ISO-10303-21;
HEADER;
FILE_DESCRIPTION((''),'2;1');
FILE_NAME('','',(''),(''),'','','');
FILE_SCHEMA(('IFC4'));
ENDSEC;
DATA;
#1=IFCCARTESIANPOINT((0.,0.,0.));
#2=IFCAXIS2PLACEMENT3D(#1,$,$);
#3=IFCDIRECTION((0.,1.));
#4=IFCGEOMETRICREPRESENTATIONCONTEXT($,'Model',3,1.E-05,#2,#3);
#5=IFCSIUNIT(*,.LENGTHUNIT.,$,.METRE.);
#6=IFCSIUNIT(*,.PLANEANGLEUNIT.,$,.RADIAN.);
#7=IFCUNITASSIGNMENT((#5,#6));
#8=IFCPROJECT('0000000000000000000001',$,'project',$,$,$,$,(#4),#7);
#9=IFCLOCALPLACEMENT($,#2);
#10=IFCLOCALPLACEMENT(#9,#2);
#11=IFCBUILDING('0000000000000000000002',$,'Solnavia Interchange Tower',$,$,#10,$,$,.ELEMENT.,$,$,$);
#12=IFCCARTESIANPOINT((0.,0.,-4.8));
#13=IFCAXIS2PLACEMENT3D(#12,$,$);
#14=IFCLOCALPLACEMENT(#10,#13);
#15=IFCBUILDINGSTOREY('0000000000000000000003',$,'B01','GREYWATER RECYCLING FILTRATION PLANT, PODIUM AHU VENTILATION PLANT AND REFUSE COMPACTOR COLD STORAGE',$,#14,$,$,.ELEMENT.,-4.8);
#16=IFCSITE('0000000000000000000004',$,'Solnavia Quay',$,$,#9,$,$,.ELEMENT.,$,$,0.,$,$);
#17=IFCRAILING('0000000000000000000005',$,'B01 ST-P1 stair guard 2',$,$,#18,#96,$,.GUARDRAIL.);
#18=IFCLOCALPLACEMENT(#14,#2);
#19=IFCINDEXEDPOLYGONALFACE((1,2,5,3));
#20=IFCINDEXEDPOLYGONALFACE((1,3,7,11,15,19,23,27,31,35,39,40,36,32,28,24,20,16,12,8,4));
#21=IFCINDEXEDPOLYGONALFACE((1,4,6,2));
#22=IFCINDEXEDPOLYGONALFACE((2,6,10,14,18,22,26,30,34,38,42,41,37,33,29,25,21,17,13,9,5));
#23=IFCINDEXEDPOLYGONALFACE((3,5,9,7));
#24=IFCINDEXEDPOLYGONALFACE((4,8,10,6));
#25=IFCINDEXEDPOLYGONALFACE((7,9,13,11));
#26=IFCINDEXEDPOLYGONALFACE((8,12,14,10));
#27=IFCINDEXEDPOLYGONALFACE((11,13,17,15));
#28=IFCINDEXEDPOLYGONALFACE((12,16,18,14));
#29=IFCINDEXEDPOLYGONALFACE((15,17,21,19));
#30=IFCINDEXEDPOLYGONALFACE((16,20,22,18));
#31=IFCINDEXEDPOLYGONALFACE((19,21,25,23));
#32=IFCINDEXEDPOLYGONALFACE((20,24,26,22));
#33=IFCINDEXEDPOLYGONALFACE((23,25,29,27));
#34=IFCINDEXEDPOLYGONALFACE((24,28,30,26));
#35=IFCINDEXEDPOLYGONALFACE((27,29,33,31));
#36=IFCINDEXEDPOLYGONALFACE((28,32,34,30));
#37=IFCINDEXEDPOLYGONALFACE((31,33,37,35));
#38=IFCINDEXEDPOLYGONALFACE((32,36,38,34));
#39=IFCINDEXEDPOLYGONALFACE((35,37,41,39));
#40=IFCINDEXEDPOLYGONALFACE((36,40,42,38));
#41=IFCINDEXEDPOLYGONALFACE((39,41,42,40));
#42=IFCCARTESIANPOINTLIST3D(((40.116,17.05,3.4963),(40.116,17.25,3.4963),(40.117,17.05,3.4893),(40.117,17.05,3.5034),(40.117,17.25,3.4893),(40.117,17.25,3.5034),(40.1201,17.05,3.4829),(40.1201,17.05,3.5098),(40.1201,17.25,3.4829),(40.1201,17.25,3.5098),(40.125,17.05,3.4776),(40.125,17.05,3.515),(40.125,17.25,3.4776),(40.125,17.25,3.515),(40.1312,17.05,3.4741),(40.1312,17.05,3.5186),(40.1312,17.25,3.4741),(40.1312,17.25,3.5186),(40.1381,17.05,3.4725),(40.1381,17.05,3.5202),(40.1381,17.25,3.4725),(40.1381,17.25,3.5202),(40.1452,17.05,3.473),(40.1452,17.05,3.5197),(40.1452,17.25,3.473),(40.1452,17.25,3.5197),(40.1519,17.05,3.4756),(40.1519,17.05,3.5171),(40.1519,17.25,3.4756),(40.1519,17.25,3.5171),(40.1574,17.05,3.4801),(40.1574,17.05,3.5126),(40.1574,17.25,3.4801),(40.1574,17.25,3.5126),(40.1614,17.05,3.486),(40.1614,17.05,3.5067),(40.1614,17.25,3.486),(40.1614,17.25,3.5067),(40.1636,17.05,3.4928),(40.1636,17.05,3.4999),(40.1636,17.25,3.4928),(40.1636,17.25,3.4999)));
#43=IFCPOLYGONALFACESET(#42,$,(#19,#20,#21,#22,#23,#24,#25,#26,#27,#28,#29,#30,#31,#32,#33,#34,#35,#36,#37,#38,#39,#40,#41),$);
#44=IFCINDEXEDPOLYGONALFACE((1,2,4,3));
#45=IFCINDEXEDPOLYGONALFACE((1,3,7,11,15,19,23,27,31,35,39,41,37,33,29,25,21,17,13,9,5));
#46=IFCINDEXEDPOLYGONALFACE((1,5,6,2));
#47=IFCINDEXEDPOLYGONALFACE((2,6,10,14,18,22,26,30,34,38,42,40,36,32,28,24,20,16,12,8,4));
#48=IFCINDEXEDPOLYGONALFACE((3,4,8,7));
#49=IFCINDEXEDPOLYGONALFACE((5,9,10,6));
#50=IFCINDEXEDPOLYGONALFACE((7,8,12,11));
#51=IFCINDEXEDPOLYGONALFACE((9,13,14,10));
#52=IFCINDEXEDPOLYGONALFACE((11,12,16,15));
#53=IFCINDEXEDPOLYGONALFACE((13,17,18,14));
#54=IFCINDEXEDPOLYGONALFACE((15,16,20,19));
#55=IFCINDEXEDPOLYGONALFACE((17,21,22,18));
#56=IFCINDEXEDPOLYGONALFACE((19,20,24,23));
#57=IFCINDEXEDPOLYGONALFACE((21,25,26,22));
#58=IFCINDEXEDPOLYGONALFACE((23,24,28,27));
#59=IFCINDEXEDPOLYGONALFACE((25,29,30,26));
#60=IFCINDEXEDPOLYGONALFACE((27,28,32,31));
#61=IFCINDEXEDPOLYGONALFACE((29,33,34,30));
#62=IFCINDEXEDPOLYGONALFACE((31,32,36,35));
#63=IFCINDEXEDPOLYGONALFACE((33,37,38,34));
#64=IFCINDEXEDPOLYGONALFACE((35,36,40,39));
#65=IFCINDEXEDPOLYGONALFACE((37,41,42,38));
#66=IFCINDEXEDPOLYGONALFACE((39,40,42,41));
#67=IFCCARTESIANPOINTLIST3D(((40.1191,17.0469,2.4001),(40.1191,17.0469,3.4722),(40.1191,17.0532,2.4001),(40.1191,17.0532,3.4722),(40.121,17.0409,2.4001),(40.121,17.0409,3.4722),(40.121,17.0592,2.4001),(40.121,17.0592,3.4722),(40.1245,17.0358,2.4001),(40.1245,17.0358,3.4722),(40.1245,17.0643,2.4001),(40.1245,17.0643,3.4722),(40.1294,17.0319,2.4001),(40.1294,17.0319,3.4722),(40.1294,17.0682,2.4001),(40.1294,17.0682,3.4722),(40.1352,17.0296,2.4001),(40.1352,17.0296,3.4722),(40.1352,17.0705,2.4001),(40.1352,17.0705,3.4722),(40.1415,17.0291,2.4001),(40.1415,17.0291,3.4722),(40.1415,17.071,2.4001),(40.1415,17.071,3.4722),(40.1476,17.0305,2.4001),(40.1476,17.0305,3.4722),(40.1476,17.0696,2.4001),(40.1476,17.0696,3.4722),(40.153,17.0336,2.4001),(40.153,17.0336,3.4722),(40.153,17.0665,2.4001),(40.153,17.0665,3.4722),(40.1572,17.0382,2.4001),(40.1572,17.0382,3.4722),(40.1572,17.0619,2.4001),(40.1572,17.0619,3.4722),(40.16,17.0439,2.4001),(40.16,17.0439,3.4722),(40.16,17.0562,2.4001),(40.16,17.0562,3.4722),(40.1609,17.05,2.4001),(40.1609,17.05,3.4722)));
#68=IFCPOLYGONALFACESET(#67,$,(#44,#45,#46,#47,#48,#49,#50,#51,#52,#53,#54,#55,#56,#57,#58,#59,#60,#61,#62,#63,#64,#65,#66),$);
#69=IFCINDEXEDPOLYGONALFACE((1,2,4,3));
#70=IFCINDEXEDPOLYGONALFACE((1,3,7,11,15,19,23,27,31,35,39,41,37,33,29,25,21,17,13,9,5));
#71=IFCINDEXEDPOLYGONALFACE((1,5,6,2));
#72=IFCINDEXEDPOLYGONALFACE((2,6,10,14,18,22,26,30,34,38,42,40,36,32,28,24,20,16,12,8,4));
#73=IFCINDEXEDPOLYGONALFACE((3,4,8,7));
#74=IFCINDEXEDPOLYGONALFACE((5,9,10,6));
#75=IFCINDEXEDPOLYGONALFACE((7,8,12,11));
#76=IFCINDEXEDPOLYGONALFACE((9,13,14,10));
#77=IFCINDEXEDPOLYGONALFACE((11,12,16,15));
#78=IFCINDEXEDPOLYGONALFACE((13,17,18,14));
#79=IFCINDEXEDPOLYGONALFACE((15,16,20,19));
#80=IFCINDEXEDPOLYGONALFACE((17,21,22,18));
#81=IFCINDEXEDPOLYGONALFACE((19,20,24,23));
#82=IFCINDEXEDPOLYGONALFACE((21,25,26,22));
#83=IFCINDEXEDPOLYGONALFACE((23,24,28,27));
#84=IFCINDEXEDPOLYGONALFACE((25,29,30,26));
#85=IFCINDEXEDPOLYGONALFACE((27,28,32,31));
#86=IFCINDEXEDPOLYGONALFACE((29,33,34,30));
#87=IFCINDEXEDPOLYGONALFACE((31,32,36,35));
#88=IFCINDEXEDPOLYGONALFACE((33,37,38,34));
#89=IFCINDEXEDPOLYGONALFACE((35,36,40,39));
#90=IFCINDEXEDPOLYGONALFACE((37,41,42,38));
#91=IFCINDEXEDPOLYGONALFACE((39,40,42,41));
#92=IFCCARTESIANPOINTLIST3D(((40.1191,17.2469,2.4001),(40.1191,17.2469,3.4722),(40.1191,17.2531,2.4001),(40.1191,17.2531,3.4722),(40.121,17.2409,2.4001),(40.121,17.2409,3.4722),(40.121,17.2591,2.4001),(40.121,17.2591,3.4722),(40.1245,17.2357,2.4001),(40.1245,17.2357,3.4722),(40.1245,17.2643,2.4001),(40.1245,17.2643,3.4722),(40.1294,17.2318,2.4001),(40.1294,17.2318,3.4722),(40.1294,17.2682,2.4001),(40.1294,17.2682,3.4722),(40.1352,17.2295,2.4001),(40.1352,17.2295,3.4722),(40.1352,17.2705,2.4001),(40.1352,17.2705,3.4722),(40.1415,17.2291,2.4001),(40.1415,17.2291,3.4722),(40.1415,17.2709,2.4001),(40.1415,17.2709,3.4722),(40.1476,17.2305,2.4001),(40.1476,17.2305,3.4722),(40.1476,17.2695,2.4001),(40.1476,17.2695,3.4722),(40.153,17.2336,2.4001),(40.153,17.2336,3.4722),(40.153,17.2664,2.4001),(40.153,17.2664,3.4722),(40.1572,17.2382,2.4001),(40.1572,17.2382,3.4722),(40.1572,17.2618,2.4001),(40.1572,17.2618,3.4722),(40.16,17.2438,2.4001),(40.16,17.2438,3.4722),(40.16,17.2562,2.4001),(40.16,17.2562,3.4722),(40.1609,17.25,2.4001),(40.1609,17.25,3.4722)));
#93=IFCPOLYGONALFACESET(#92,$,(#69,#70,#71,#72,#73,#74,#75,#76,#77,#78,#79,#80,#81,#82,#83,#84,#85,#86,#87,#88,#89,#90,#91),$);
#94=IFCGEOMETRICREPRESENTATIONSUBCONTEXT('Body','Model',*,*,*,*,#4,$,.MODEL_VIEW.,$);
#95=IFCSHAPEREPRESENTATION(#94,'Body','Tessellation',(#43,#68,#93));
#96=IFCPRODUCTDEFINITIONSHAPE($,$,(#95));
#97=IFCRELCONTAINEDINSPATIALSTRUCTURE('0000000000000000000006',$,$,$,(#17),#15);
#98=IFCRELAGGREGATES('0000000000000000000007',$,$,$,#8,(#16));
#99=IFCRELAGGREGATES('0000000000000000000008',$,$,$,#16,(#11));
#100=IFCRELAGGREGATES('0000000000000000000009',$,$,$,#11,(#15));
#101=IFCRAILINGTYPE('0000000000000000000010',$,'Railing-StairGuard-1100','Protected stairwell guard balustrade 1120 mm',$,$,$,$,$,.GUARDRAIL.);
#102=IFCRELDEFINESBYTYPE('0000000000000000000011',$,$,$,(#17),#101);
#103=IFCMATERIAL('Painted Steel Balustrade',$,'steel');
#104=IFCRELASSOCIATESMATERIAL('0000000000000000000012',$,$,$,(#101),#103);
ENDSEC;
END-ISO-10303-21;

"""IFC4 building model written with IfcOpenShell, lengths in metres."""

from ifc_helpers import new_model, si_unit, direction, frame, origin, origin_2d, place, context, subcontext, project, spatial, circle, extrude, material, type_object, element, save


model = new_model("IFC4")

# Units and contexts
model_context = context("Model", 3, precision=1e-05, world=origin(), true_north=direction((0.0, 1.0)))
body_context = subcontext(model_context, "Body", "Model", "MODEL_VIEW")
ifc_project = project(units=[si_unit("LENGTHUNIT", "METRE"), si_unit("PLANEANGLEUNIT", "RADIAN")], contexts=[model_context])

# Site, building, storey
site_placement = place(None, origin())
site = spatial("IfcSite", under=ifc_project, at=site_placement, Name="Solnavia Quay", CompositionType="ELEMENT", RefElevation=0.0)
building_placement = place(site_placement, origin())
building = spatial("IfcBuilding", under=site, at=building_placement, Name="Solnavia Interchange Tower", CompositionType="ELEMENT")
storey_placement = place(building_placement, frame((0.0, 0.0, -4.8)))
storey = spatial("IfcBuildingStorey", under=building, at=storey_placement, Name="B01", Description="GREYWATER RECYCLING FILTRATION PLANT, PODIUM AHU VENTILATION PLANT AND REFUSE COMPACTOR COLD STORAGE", CompositionType="ELEMENT", Elevation=-4.8)

# Railing
ifc_material_1 = material(Name="Painted Steel Balustrade", Category="steel")
railing_type_1 = type_object("IfcRailingType", Name="Railing-StairGuard-1100", Description="Protected stairwell guard balustrade 1120 mm", PredefinedType="GUARDRAIL", material=ifc_material_1)
railing_1_placement = place(storey_placement, frame((40.1399, 17.05, 2.4001)))
element("IfcRailing", 1, at=railing_1_placement, inside=storey, type_object=railing_type_1, Name="B01 ST-P1 stair guard 2", PredefinedType="GUARDRAIL", context=body_context, shape_type="SweptSolid", body=[
    extrude(circle(Radius=0.0239, at=origin_2d()), frame((0.0, 0.0, 1.0962), z_axis=(0.0, 1.0, 0.0), x_axis=(-1.0, 0.0, 0.0)), (0.0, 0.0, 1.0), 0.2),
    extrude(circle(Radius=0.021, at=origin_2d()), origin(), (0.0, 0.0, 1.0), 1.072),
    extrude(circle(Radius=0.021, at=origin_2d()), frame((0.0, 0.2, 0.0)), (0.0, 0.0, 1.0), 1.072),
])

save(model, "model.ifc")
